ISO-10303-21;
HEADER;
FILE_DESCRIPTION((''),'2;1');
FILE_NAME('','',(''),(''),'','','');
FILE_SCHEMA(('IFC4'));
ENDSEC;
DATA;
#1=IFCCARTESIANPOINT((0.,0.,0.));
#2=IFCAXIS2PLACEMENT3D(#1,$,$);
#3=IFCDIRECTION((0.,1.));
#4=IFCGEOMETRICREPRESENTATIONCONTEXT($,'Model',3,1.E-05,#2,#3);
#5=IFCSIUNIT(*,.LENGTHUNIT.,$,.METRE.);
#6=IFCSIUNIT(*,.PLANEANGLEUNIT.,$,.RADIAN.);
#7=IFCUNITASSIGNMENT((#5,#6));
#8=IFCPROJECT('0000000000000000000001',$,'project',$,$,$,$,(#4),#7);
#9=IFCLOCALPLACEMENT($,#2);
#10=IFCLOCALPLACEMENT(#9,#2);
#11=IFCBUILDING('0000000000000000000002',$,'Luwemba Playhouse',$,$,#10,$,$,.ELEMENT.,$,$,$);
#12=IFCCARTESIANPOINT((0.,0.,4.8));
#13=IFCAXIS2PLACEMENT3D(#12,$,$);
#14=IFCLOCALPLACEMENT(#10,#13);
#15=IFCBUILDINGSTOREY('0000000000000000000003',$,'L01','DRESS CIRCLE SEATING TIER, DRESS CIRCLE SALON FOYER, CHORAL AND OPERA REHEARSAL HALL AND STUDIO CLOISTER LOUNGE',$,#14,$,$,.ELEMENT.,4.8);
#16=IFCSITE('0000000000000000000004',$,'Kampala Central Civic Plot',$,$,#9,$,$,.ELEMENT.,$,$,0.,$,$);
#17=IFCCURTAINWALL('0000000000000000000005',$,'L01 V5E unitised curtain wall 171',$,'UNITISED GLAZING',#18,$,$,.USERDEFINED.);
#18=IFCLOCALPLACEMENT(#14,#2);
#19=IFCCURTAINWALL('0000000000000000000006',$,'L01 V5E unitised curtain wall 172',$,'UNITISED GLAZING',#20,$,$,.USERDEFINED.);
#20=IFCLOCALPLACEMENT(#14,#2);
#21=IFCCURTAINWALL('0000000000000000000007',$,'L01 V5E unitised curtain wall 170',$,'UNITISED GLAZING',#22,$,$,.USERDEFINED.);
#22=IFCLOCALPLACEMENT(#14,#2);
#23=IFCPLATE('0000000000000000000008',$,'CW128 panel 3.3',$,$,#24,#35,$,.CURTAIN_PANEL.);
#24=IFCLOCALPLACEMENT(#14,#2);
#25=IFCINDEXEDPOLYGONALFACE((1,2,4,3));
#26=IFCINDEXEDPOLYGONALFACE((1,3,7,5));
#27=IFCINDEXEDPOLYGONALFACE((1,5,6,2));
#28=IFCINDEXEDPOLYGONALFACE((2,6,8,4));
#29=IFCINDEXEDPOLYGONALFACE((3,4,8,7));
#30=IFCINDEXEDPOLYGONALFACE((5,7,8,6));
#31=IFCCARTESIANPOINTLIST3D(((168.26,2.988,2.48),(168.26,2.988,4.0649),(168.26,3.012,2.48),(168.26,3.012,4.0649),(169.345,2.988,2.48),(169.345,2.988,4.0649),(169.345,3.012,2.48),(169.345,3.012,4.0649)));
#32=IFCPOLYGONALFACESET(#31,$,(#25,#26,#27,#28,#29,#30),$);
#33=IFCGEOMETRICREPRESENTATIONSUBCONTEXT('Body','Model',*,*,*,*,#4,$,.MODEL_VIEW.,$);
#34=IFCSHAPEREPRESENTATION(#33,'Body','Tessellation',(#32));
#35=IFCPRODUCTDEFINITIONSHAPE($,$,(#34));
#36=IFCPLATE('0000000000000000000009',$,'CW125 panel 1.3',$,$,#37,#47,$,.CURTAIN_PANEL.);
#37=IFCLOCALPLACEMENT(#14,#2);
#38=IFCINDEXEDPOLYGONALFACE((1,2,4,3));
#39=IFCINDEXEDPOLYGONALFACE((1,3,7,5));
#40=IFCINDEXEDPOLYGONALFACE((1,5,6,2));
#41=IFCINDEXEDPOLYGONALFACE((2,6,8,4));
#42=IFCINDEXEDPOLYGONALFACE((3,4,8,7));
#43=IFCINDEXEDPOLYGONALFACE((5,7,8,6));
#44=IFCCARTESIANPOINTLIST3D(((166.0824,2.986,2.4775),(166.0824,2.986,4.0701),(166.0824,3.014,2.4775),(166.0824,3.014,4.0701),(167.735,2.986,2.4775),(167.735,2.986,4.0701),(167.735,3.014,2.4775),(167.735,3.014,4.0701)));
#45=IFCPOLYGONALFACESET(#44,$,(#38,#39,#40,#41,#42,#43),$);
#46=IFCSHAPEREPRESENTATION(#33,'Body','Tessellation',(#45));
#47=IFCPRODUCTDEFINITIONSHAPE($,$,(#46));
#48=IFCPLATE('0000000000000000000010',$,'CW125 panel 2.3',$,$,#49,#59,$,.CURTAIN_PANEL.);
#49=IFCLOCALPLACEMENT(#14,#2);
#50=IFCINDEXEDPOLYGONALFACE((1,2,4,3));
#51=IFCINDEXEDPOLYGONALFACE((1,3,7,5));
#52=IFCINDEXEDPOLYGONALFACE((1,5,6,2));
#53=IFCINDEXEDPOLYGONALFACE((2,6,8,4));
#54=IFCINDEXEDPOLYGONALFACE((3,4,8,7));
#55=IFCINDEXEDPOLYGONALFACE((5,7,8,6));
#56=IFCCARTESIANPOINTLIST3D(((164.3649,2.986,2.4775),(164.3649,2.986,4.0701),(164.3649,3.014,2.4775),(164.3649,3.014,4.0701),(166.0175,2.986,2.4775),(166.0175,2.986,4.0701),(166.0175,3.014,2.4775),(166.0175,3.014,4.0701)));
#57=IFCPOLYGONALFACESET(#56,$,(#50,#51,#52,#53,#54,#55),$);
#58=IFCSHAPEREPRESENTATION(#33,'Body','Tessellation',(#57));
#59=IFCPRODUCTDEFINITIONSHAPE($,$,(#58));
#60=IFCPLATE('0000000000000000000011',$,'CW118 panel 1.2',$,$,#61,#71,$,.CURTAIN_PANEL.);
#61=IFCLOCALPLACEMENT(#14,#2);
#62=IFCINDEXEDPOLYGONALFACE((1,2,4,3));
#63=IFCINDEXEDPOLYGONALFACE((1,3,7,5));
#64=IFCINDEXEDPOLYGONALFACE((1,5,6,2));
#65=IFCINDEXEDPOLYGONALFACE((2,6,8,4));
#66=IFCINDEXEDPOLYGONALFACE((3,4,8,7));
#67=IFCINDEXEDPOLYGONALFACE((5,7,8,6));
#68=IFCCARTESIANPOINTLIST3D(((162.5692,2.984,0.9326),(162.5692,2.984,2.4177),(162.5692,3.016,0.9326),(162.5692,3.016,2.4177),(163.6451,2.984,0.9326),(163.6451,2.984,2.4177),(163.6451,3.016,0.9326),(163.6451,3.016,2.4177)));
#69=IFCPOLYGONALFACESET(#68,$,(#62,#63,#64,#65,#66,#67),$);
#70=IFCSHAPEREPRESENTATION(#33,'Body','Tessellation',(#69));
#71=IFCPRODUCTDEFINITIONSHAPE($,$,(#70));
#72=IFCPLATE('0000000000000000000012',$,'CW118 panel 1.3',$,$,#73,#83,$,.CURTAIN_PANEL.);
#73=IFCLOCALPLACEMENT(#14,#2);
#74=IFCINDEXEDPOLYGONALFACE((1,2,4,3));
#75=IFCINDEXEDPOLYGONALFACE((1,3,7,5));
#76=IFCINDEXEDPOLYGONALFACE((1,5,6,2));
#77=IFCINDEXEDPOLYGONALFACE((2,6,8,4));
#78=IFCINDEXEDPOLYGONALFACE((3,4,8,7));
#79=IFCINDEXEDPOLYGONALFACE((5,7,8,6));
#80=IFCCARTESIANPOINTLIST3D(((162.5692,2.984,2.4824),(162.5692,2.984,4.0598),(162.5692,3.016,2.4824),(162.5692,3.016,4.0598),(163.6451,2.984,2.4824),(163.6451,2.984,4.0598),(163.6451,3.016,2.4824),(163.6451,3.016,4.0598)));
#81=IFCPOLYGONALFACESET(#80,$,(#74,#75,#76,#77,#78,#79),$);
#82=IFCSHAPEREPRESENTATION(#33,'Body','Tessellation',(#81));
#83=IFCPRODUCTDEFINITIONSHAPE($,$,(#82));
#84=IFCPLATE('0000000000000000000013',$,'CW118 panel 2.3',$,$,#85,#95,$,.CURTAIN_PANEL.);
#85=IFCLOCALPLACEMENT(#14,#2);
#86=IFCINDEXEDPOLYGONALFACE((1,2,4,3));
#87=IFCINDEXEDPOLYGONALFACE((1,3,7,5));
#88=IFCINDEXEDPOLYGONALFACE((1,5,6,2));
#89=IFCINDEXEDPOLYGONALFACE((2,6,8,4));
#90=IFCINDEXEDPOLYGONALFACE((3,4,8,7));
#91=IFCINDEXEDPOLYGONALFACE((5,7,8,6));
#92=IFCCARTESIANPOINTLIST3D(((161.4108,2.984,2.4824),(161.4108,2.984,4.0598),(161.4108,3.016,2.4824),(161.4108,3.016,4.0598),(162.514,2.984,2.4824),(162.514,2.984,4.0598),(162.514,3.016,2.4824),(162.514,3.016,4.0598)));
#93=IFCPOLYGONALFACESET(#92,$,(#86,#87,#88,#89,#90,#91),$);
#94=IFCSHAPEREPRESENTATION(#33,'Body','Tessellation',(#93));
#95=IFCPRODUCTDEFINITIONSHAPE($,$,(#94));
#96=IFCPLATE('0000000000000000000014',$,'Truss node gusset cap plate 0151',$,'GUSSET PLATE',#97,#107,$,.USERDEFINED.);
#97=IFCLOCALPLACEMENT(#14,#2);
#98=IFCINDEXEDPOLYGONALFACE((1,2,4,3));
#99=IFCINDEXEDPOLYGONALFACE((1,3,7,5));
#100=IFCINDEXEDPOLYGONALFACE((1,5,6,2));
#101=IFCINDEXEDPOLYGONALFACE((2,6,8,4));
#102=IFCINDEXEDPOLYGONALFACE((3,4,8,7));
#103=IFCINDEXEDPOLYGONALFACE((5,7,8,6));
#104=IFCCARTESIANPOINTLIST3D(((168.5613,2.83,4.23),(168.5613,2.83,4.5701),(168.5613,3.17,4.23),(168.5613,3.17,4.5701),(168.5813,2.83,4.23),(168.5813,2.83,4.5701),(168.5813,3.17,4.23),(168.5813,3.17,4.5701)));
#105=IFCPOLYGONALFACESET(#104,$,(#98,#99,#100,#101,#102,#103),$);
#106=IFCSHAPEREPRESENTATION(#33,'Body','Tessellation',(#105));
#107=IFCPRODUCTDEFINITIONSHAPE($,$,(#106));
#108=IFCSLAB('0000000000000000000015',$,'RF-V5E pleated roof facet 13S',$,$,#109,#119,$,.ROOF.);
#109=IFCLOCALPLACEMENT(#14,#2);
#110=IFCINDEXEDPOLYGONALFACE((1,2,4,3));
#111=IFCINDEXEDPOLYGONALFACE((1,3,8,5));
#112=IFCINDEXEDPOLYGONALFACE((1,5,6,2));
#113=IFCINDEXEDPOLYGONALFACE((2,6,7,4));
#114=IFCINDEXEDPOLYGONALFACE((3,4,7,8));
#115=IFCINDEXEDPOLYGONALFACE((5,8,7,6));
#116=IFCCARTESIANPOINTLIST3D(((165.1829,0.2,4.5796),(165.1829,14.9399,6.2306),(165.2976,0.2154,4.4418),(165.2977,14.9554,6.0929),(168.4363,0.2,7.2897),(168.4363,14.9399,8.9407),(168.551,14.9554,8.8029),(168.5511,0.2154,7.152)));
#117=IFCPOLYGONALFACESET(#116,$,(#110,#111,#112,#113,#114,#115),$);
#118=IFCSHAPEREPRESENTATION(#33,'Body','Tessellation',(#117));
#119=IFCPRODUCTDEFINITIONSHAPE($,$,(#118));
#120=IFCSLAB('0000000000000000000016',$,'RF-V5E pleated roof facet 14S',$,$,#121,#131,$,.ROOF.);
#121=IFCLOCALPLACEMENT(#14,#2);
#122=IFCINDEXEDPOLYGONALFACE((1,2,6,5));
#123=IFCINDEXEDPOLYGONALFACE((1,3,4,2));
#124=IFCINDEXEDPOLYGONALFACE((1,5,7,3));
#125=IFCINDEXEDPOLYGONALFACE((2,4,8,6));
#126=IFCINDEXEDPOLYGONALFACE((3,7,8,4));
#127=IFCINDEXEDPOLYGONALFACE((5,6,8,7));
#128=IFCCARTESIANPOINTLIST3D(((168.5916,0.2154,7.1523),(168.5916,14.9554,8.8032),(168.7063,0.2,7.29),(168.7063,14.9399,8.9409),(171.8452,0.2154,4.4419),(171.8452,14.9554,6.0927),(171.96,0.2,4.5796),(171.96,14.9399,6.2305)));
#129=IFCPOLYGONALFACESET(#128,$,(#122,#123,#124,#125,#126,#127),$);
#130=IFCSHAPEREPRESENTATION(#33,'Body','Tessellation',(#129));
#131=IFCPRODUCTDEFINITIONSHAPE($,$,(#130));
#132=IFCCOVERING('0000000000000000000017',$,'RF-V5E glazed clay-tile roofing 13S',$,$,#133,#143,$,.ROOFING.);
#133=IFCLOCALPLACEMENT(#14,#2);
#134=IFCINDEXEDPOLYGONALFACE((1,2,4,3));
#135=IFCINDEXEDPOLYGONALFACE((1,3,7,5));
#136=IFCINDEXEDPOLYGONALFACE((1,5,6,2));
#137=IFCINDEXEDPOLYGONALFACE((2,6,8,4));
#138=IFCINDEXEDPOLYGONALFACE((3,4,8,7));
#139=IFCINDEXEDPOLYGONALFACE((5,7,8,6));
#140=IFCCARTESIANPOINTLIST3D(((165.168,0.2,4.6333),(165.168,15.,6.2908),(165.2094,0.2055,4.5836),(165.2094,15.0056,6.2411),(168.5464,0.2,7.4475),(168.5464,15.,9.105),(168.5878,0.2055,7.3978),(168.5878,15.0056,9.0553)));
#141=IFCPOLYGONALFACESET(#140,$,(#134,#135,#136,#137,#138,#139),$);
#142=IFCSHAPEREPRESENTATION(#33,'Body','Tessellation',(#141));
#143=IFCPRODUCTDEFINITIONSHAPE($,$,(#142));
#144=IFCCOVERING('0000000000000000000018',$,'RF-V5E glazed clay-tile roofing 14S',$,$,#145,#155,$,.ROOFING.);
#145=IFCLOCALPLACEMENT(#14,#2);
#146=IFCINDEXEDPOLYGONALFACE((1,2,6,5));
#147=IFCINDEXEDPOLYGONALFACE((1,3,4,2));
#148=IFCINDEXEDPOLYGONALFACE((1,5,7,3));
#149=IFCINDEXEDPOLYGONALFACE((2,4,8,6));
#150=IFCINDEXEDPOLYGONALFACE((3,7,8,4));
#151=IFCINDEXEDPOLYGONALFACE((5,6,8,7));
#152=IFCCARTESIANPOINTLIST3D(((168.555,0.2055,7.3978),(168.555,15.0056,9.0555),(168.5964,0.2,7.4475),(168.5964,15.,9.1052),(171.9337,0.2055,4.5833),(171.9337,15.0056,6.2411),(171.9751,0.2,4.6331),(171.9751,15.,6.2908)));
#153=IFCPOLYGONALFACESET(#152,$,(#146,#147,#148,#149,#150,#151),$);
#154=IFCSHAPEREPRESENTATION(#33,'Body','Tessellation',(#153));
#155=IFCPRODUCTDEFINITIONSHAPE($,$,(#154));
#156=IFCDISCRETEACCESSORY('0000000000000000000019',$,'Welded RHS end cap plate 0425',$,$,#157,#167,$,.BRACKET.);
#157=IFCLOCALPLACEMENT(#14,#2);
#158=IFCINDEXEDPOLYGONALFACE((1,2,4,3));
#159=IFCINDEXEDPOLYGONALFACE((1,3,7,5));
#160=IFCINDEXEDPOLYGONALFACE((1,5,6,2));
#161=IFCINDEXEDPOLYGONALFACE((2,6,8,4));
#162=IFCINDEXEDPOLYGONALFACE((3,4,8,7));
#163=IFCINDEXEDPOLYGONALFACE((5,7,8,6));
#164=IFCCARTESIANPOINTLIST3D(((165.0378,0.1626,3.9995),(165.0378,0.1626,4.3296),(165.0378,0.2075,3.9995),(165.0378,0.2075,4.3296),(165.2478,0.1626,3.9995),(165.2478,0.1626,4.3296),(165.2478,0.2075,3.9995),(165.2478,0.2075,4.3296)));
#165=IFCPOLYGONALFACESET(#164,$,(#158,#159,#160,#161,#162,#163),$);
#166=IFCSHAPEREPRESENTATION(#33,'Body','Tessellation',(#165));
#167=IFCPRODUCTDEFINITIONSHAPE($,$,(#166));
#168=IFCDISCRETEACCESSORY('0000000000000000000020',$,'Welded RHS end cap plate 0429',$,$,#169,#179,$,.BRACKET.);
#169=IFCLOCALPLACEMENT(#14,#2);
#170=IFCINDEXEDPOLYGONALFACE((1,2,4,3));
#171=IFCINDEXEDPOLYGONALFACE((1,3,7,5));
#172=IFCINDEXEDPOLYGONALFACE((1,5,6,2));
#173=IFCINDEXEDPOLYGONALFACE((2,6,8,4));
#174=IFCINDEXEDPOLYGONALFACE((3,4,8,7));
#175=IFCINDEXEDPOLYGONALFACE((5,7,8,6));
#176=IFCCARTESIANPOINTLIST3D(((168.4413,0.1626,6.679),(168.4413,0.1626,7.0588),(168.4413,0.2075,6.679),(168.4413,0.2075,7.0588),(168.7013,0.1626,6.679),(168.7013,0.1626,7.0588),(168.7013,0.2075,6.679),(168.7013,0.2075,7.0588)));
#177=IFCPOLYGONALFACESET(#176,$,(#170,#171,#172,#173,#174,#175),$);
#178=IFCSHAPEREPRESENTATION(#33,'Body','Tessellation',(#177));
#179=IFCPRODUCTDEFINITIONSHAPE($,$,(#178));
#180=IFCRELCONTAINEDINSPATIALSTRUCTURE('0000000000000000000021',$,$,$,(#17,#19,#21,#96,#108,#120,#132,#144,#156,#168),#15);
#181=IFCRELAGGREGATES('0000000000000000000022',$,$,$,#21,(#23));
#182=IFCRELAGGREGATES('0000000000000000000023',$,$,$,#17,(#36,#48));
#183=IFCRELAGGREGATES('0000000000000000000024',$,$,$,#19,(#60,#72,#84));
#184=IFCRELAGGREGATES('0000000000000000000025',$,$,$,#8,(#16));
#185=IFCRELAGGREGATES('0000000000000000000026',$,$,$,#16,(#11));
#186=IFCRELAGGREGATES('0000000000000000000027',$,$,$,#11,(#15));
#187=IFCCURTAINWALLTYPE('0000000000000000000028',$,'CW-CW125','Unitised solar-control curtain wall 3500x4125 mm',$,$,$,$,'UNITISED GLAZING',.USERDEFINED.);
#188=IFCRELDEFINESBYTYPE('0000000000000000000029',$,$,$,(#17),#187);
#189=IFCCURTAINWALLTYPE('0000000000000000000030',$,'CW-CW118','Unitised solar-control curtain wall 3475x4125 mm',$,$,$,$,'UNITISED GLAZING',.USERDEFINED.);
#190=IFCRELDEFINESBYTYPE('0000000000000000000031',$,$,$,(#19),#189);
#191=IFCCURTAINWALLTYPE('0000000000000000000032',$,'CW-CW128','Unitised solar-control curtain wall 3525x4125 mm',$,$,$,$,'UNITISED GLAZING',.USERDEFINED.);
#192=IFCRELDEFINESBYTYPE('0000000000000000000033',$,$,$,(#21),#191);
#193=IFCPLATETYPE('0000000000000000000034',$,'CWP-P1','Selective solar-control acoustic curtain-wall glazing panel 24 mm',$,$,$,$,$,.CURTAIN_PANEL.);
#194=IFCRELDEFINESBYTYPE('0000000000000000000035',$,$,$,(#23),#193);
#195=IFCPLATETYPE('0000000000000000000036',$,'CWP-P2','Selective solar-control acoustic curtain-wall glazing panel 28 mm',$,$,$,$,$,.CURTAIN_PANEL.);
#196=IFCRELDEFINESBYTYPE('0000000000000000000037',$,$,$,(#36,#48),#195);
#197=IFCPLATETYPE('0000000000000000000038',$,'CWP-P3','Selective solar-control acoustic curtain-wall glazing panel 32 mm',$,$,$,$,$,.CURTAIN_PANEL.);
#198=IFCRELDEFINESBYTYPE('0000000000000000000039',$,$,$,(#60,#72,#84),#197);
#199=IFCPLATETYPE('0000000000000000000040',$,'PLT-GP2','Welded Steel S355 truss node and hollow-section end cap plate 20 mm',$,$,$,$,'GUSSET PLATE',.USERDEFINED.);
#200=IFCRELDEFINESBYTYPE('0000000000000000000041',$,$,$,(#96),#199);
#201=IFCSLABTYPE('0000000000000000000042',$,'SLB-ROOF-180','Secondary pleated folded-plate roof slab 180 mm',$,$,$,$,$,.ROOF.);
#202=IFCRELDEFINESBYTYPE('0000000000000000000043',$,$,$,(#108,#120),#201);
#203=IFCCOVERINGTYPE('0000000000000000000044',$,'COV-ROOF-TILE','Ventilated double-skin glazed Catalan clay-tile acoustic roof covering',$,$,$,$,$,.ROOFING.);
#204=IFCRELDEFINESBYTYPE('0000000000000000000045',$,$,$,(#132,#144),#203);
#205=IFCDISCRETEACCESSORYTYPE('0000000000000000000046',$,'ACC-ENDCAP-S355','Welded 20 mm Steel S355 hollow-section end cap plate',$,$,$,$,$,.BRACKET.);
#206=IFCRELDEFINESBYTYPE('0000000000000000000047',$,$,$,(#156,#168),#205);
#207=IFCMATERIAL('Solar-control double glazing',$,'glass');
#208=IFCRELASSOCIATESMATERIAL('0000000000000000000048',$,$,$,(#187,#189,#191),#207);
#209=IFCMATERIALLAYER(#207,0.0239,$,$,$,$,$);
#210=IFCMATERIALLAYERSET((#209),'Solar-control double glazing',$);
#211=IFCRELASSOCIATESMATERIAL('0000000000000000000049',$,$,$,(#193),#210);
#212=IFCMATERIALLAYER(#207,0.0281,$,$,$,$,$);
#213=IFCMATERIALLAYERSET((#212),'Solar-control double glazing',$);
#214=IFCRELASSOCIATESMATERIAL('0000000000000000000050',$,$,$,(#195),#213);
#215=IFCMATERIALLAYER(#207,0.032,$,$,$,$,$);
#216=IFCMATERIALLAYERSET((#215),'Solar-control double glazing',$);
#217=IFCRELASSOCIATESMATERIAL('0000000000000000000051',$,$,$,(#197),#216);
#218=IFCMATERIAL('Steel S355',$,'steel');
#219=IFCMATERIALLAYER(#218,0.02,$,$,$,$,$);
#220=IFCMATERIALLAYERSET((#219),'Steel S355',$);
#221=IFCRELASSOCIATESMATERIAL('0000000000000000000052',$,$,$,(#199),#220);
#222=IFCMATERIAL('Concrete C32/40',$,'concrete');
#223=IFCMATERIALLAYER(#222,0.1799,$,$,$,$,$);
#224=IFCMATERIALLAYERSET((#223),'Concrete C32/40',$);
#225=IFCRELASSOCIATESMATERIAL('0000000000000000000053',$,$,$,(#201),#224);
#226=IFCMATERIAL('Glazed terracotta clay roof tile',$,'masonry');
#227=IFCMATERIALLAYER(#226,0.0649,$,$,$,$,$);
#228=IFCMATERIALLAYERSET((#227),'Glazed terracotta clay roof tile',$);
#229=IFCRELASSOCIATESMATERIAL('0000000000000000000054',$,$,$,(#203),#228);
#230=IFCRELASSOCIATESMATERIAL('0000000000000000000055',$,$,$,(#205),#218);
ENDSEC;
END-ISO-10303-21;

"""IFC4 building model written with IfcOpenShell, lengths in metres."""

from ifc_helpers import new_model, si_unit, direction, frame, origin, origin_2d, place, context, subcontext, project, spatial, polyline, rectangle, outline, extrude, material, layer, layer_set, type_object, element, aggregate, save


model = new_model("IFC4")

# Units and contexts
model_context = context("Model", 3, precision=1e-05, world=origin(), true_north=direction((0.0, 1.0)))
body_context = subcontext(model_context, "Body", "Model", "MODEL_VIEW")
ifc_project = project(units=[si_unit("LENGTHUNIT", "METRE"), si_unit("PLANEANGLEUNIT", "RADIAN")], contexts=[model_context])

# Site, building, storey
site_placement = place(None, origin())
site = spatial("IfcSite", under=ifc_project, at=site_placement, Name="Kampala Central Civic Plot", CompositionType="ELEMENT", RefElevation=0.0)
building_placement = place(site_placement, origin())
building = spatial("IfcBuilding", under=site, at=building_placement, Name="Luwemba Playhouse", CompositionType="ELEMENT")
storey_placement = place(building_placement, frame((0.0, 0.0, 4.8)))
storey = spatial("IfcBuildingStorey", under=building, at=storey_placement, Name="L01", Description="DRESS CIRCLE SEATING TIER, DRESS CIRCLE SALON FOYER, CHORAL AND OPERA REHEARSAL HALL AND STUDIO CLOISTER LOUNGE", CompositionType="ELEMENT", Elevation=4.8)

# Shared definitions
ifc_material_1 = material(Name="Steel S355", Category="steel")

# Curtain walls
ifc_material_2 = material(Name="Solar-control double glazing", Category="glass")
curtain_wall_type_1 = type_object("IfcCurtainWallType", Name="CW-CW125", Description="Unitised solar-control curtain wall 3500x4125 mm", ElementType="UNITISED GLAZING", PredefinedType="USERDEFINED", material=ifc_material_2)
curtain_wall_1_placement = place(storey_placement, origin())
curtain_wall_1 = element("IfcCurtainWall", 1, at=curtain_wall_1_placement, inside=storey, type_object=curtain_wall_type_1, Name="L01 V5E unitised curtain wall 171", ObjectType="UNITISED GLAZING", PredefinedType="USERDEFINED")
curtain_wall_type_2 = type_object("IfcCurtainWallType", Name="CW-CW118", Description="Unitised solar-control curtain wall 3475x4125 mm", ElementType="UNITISED GLAZING", PredefinedType="USERDEFINED", material=ifc_material_2)
curtain_wall_2_placement = place(storey_placement, origin())
curtain_wall_2 = element("IfcCurtainWall", 2, at=curtain_wall_2_placement, inside=storey, type_object=curtain_wall_type_2, Name="L01 V5E unitised curtain wall 172", ObjectType="UNITISED GLAZING", PredefinedType="USERDEFINED")

# Curtain wall, plate
curtain_wall_type_3 = type_object("IfcCurtainWallType", Name="CW-CW128", Description="Unitised solar-control curtain wall 3525x4125 mm", ElementType="UNITISED GLAZING", PredefinedType="USERDEFINED", material=ifc_material_2)
curtain_wall_3_placement = place(storey_placement, origin())
curtain_wall_3 = element("IfcCurtainWall", 3, at=curtain_wall_3_placement, inside=storey, type_object=curtain_wall_type_3, Name="L01 V5E unitised curtain wall 170", ObjectType="UNITISED GLAZING", PredefinedType="USERDEFINED")
ifc_layer_1 = layer(ifc_material_2, 0.0239)
ifc_layer_set_1 = layer_set([ifc_layer_1], Name="Solar-control double glazing")
plate_type_1 = type_object("IfcPlateType", Name="CWP-P1", Description="Selective solar-control acoustic curtain-wall glazing panel 24 mm", PredefinedType="CURTAIN_PANEL", material=ifc_layer_set_1)
plate_1_placement = place(storey_placement, frame((168.8025, 3.0, 2.48), z_axis=(0.0, 0.0, 1.0), x_axis=(-1.0, 0.0, 0.0)))
plate_1 = element("IfcPlate", 4, at=plate_1_placement, type_object=plate_type_1, Name="CW128 panel 3.3", PredefinedType="CURTAIN_PANEL", context=body_context, shape_type="SweptSolid", body=[
    extrude(rectangle(XDim=1.085, YDim=0.0239, at=origin_2d()), origin(), (0.0, 0.0, 1.0), 1.585),
])
aggregate(curtain_wall_3, [plate_1])

# Plates
ifc_layer_2 = layer(ifc_material_2, 0.0281)
ifc_layer_set_2 = layer_set([ifc_layer_2], Name="Solar-control double glazing")
plate_type_2 = type_object("IfcPlateType", Name="CWP-P2", Description="Selective solar-control acoustic curtain-wall glazing panel 28 mm", PredefinedType="CURTAIN_PANEL", material=ifc_layer_set_2)
plate_2_placement = place(storey_placement, frame((166.9087, 3.0, 2.4775), z_axis=(0.0, 0.0, 1.0), x_axis=(-1.0, 0.0, 0.0)))
plate_2 = element("IfcPlate", 5, at=plate_2_placement, type_object=plate_type_2, Name="CW125 panel 1.3", PredefinedType="CURTAIN_PANEL", context=body_context, shape_type="SweptSolid", body=[
    extrude(rectangle(XDim=1.6526, YDim=0.0281, at=origin_2d()), origin(), (0.0, 0.0, 1.0), 1.5925),
])
plate_3_placement = place(storey_placement, frame((165.1912, 3.0, 2.4775), z_axis=(0.0, 0.0, 1.0), x_axis=(-1.0, 0.0, 0.0)))
plate_3 = element("IfcPlate", 6, at=plate_3_placement, type_object=plate_type_2, Name="CW125 panel 2.3", PredefinedType="CURTAIN_PANEL", context=body_context, shape_type="SweptSolid", body=[
    extrude(rectangle(XDim=1.6526, YDim=0.0281, at=origin_2d()), origin(), (0.0, 0.0, 1.0), 1.5925),
])
aggregate(curtain_wall_1, [plate_2, plate_3])
ifc_layer_3 = layer(ifc_material_2, 0.032)
ifc_layer_set_3 = layer_set([ifc_layer_3], Name="Solar-control double glazing")
plate_type_3 = type_object("IfcPlateType", Name="CWP-P3", Description="Selective solar-control acoustic curtain-wall glazing panel 32 mm", PredefinedType="CURTAIN_PANEL", material=ifc_layer_set_3)
plate_4_placement = place(storey_placement, frame((163.1072, 3.0, 0.9326), z_axis=(0.0, 0.0, 1.0), x_axis=(-1.0, 0.0, 0.0)))
plate_4 = element("IfcPlate", 7, at=plate_4_placement, type_object=plate_type_3, Name="CW118 panel 1.2", PredefinedType="CURTAIN_PANEL", context=body_context, shape_type="SweptSolid", body=[
    extrude(rectangle(XDim=1.0759, YDim=0.032, at=origin_2d()), origin(), (0.0, 0.0, 1.0), 1.4851),
])
plate_5_placement = place(storey_placement, frame((163.1072, 3.0, 2.4824), z_axis=(0.0, 0.0, 1.0), x_axis=(-1.0, 0.0, 0.0)))
plate_5 = element("IfcPlate", 8, at=plate_5_placement, type_object=plate_type_3, Name="CW118 panel 1.3", PredefinedType="CURTAIN_PANEL", context=body_context, shape_type="SweptSolid", body=[
    extrude(rectangle(XDim=1.0759, YDim=0.032, at=origin_2d()), origin(), (0.0, 0.0, 1.0), 1.5774),
])
plate_6_placement = place(storey_placement, frame((161.9624, 3.0, 2.4824), z_axis=(0.0, 0.0, 1.0), x_axis=(-1.0, 0.0, 0.0)))
plate_6 = element("IfcPlate", 9, at=plate_6_placement, type_object=plate_type_3, Name="CW118 panel 2.3", PredefinedType="CURTAIN_PANEL", context=body_context, shape_type="SweptSolid", body=[
    extrude(rectangle(XDim=1.1033, YDim=0.032, at=origin_2d()), origin(), (0.0, 0.0, 1.0), 1.5774),
])
aggregate(curtain_wall_2, [plate_4, plate_5, plate_6])
ifc_layer_4 = layer(ifc_material_1, 0.02)
ifc_layer_set_4 = layer_set([ifc_layer_4], Name="Steel S355")
plate_type_4 = type_object("IfcPlateType", Name="PLT-GP2", Description="Welded Steel S355 truss node and hollow-section end cap plate 20 mm", ElementType="GUSSET PLATE", PredefinedType="USERDEFINED", material=ifc_layer_set_4)
plate_7_placement = place(storey_placement, frame((168.5713, 3.0, 4.23), z_axis=(0.0, 0.0, 1.0), x_axis=(1.0, 0.0, 0.0)))
element("IfcPlate", 10, at=plate_7_placement, inside=storey, type_object=plate_type_4, Name="Truss node gusset cap plate 0151", ObjectType="GUSSET PLATE", PredefinedType="USERDEFINED", context=body_context, shape_type="SweptSolid", body=[
    extrude(rectangle(XDim=0.02, YDim=0.3401, at=origin_2d()), origin(), (0.0, 0.0, 1.0), 0.3401),
])

# Slabs
ifc_material_3 = material(Name="Concrete C32/40", Category="concrete")
ifc_layer_5 = layer(ifc_material_3, 0.1799)
ifc_layer_set_5 = layer_set([ifc_layer_5], Name="Concrete C32/40")
slab_type = type_object("IfcSlabType", Name="SLB-ROOF-180", Description="Secondary pleated folded-plate roof slab 180 mm", PredefinedType="ROOF", material=ifc_layer_set_5)
slab_1_placement = place(storey_placement, frame((165.1829, 0.2, 4.5796), z_axis=(-0.637674, -0.085744, 0.765519), x_axis=(0.768349, 0.000002, 0.640031)))
element("IfcSlab", 11, at=slab_1_placement, inside=storey, type_object=slab_type, Name="RF-V5E pleated roof facet 13S", PredefinedType="ROOF", context=body_context, shape_type="SweptSolid", body=[
    extrude(outline(polyline([(0.0, 0.0), (4.2344, 0.0), (5.291, 14.7945), (1.0568, 14.7945), (0.0, 0.0)])), origin(), (0.0, 0.0, -1.0), 0.1799),
])
slab_2_placement = place(storey_placement, frame((168.7063, 0.2, 7.29), z_axis=(0.637697, -0.085736, 0.765501), x_axis=(0.76833, 0.0, -0.640054)))
element("IfcSlab", 12, at=slab_2_placement, inside=storey, type_object=slab_type, Name="RF-V5E pleated roof facet 14S", PredefinedType="ROOF", context=body_context, shape_type="SweptSolid", body=[
    extrude(outline(polyline([(0.0, 0.0), (4.2347, 0.0), (3.1781, 14.7945), (-1.0567, 14.7945), (0.0, 0.0)])), origin(), (0.0, 0.0, -1.0), 0.1799),
])

# Coverings
ifc_material_4 = material(Name="Glazed terracotta clay roof tile", Category="masonry")
ifc_layer_6 = layer(ifc_material_4, 0.0649)
ifc_layer_set_6 = layer_set([ifc_layer_6], Name="Glazed terracotta clay roof tile")
covering_type = type_object("IfcCoveringType", Name="COV-ROOF-TILE", Description="Ventilated double-skin glazed Catalan clay-tile acoustic roof covering", PredefinedType="ROOFING", material=ifc_layer_set_6)
covering_1_placement = place(storey_placement, frame((165.168, 0.2, 4.6333), z_axis=(-0.637675, -0.085731, 0.76552), x_axis=(0.768349, 0.0, 0.640031)))
element("IfcCovering", 13, at=covering_1_placement, inside=storey, type_object=covering_type, Name="RF-V5E glazed clay-tile roofing 13S", PredefinedType="ROOFING", context=body_context, shape_type="SweptSolid", body=[
    extrude(outline(polyline([(0.0, 0.0), (4.397, 0.0), (5.4578, 14.8547), (1.0608, 14.8547), (0.0, 0.0)])), origin(), (0.0, 0.0, -1.0), 0.0649),
])
covering_2_placement = place(storey_placement, frame((168.5964, 0.2, 7.4475), z_axis=(0.63768, -0.085743, 0.765515), x_axis=(0.768344, 0.0, -0.640037)))
element("IfcCovering", 14, at=covering_2_placement, inside=storey, type_object=covering_type, Name="RF-V5E glazed clay-tile roofing 14S", PredefinedType="ROOFING", context=body_context, shape_type="SweptSolid", body=[
    extrude(outline(polyline([(0.0, 0.0), (4.3973, 0.0), (3.3363, 14.8548), (-1.061, 14.8548), (0.0, 0.0)])), origin(), (0.0, 0.0, -1.0), 0.0649),
])

# Discrete accessories
discrete_accessory_type = type_object("IfcDiscreteAccessoryType", Name="ACC-ENDCAP-S355", Description="Welded 20 mm Steel S355 hollow-section end cap plate", PredefinedType="BRACKET", material=ifc_material_1)
discrete_accessory_1_placement = place(storey_placement, frame((165.1428, 0.1851, 3.9995), z_axis=(0.0, 0.0, 1.0), x_axis=(1.0, 0.0, 0.0)))
element("IfcDiscreteAccessory", 15, at=discrete_accessory_1_placement, inside=storey, type_object=discrete_accessory_type, Name="Welded RHS end cap plate 0425", PredefinedType="BRACKET", context=body_context, shape_type="SweptSolid", body=[
    extrude(rectangle(XDim=0.21, YDim=0.0449, at=origin_2d()), origin(), (0.0, 0.0, 1.0), 0.3301),
])
discrete_accessory_2_placement = place(storey_placement, frame((168.5713, 0.1851, 6.679), z_axis=(0.0, 0.0, 1.0), x_axis=(1.0, 0.0, 0.0)))
element("IfcDiscreteAccessory", 16, at=discrete_accessory_2_placement, inside=storey, type_object=discrete_accessory_type, Name="Welded RHS end cap plate 0429", PredefinedType="BRACKET", context=body_context, shape_type="SweptSolid", body=[
    extrude(rectangle(XDim=0.26, YDim=0.0449, at=origin_2d()), origin(), (0.0, 0.0, 1.0), 0.3799),
])

save(model, "model.ifc")
